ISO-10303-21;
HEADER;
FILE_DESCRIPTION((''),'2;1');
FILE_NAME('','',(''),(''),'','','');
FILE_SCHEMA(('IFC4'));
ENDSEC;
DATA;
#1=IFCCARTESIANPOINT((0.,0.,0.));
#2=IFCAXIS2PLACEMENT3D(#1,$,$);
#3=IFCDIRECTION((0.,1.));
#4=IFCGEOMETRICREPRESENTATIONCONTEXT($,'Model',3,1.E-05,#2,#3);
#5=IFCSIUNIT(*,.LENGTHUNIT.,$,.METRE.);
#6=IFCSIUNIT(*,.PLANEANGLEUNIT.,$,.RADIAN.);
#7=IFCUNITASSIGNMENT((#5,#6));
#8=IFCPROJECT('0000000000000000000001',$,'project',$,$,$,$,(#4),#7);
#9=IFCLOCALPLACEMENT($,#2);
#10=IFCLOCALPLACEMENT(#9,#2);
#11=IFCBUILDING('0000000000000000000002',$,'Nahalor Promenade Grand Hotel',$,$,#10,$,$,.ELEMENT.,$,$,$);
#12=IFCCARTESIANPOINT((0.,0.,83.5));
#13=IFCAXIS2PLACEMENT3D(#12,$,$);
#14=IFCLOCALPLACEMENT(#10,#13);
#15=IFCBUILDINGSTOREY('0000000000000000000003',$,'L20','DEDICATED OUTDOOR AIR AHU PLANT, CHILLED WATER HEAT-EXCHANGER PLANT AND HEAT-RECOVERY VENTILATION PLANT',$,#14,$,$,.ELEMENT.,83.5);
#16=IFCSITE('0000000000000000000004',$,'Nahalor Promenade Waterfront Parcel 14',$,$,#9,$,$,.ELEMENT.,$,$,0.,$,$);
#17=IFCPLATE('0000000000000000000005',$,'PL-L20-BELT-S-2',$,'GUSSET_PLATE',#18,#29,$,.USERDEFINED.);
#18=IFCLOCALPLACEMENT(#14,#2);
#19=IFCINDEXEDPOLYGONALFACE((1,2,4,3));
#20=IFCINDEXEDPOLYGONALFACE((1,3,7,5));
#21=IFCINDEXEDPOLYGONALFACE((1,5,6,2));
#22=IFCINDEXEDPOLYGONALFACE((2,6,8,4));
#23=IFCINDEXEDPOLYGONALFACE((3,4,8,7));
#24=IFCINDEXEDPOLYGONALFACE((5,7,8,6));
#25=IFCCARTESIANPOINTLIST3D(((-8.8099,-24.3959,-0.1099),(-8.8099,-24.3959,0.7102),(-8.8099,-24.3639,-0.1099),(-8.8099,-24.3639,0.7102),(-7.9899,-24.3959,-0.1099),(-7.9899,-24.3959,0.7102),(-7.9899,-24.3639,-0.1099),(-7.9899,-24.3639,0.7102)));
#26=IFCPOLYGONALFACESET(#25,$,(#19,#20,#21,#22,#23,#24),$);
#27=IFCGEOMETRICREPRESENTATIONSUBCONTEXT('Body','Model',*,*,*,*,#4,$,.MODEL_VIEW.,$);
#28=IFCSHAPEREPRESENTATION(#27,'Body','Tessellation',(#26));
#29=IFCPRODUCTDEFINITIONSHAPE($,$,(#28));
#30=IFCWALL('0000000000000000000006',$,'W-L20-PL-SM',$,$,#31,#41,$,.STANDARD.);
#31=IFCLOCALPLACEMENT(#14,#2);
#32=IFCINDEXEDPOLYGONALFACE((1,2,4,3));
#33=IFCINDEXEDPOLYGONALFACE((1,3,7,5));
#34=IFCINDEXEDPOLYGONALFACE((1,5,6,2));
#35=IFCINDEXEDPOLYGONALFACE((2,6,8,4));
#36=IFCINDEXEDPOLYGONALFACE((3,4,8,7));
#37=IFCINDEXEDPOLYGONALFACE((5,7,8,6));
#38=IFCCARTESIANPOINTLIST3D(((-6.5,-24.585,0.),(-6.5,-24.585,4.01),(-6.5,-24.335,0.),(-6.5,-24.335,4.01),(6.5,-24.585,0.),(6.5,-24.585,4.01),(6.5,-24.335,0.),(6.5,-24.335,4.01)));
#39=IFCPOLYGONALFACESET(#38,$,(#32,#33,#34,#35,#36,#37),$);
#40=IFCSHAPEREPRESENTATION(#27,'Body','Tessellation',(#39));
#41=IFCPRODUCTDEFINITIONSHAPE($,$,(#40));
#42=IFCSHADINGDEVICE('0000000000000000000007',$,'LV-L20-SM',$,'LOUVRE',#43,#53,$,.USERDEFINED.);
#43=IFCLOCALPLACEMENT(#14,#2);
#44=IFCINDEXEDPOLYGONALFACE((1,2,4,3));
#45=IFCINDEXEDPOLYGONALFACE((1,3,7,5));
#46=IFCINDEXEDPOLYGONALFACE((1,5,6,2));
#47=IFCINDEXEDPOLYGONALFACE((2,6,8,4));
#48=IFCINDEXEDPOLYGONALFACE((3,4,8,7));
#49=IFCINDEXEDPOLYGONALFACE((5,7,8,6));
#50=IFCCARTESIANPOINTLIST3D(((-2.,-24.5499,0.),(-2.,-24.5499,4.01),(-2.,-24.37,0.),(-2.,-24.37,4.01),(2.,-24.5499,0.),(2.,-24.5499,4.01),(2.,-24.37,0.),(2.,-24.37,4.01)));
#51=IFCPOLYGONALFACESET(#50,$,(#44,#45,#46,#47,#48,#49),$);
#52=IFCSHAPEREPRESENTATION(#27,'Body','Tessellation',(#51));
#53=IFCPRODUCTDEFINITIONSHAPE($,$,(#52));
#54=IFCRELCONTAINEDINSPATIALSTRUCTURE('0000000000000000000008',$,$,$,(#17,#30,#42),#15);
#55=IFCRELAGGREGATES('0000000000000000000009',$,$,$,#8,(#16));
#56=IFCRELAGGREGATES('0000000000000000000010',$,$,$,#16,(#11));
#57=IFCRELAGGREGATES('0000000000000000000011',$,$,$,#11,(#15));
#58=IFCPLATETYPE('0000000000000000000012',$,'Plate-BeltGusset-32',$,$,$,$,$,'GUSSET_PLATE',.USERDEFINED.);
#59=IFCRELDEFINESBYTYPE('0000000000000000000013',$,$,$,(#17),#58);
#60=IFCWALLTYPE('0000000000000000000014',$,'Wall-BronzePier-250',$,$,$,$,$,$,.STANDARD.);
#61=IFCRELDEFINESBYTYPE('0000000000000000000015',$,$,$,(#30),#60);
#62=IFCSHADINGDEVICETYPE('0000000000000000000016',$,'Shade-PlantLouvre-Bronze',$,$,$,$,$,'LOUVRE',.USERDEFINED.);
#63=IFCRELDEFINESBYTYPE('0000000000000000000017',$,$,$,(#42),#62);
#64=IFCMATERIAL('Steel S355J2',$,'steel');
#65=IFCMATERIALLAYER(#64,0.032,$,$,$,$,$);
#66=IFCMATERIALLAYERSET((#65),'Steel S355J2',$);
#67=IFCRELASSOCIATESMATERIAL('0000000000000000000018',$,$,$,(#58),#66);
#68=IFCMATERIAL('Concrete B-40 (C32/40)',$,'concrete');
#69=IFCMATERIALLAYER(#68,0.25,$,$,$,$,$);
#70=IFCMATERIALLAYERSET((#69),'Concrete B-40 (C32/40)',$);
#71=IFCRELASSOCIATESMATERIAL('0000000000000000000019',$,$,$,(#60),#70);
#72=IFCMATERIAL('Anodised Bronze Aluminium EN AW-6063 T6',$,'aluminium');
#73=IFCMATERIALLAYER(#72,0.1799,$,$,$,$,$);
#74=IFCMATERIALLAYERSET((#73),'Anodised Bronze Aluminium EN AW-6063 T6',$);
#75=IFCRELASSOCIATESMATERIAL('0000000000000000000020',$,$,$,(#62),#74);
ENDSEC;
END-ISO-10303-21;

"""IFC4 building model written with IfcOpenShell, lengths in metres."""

from ifc_helpers import new_model, si_unit, direction, frame, frame_2d, origin, origin_2d, place, context, subcontext, project, spatial, rectangle, extrude, source, transform, mapped, material, layer, layer_set, type_object, element, save


model = new_model("IFC4")

# Units and contexts
model_context = context("Model", 3, precision=1e-05, world=origin(), true_north=direction((0.0, 1.0)))
body_context = subcontext(model_context, "Body", "Model", "MODEL_VIEW")
ifc_project = project(units=[si_unit("LENGTHUNIT", "METRE"), si_unit("PLANEANGLEUNIT", "RADIAN")], contexts=[model_context])

# Site, building, storey
site_placement = place(None, origin())
site = spatial("IfcSite", under=ifc_project, at=site_placement, Name="Nahalor Promenade Waterfront Parcel 14", CompositionType="ELEMENT", RefElevation=0.0)
building_placement = place(site_placement, origin())
building = spatial("IfcBuilding", under=site, at=building_placement, Name="Nahalor Promenade Grand Hotel", CompositionType="ELEMENT")
storey_placement = place(building_placement, frame((0.0, 0.0, 83.5)))
storey = spatial("IfcBuildingStorey", under=building, at=storey_placement, Name="L20", Description="DEDICATED OUTDOOR AIR AHU PLANT, CHILLED WATER HEAT-EXCHANGER PLANT AND HEAT-RECOVERY VENTILATION PLANT", CompositionType="ELEMENT", Elevation=83.5)

# Shared definitions
ifc_material_1 = material(Name="Steel S355J2", Category="steel")

# Plate
ifc_layer_1 = layer(ifc_material_1, 0.032)
ifc_layer_set_1 = layer_set([ifc_layer_1], Name="Steel S355J2")
plate_type_1 = type_object("IfcPlateType", Name="Plate-BeltGusset-32", ElementType="GUSSET_PLATE", PredefinedType="USERDEFINED", material=ifc_layer_set_1)
shared_shape_1 = source(origin(), body_context, "Body", "SweptSolid", [
    extrude(rectangle(XDim=0.8201, YDim=0.032, at=origin_2d()), origin(), (0.0, 0.0, 1.0), 0.8201),
])
plate_1_placement = place(storey_placement, frame((-8.3999, -24.3799, -0.1099), z_axis=(0.0, 0.0, 1.0), x_axis=(1.0, 0.0, 0.0)))
element("IfcPlate", 1, at=plate_1_placement, inside=storey, type_object=plate_type_1, Name="PL-L20-BELT-S-2", ObjectType="GUSSET_PLATE", PredefinedType="USERDEFINED", context=body_context, shape_type="MappedRepresentation", body=[
    mapped(shared_shape_1, transform((0.0, 0.0, 0.0), scale=1.0)),
])

# Wall
ifc_material_2 = material(Name="Concrete B-40 (C32/40)", Category="concrete")
ifc_layer_2 = layer(ifc_material_2, 0.25)
ifc_layer_set_2 = layer_set([ifc_layer_2], Name="Concrete B-40 (C32/40)")
wall_type = type_object("IfcWallType", Name="Wall-BronzePier-250", PredefinedType="STANDARD", material=ifc_layer_set_2)
shared_shape_2 = source(origin(), body_context, "Body", "SweptSolid", [
    extrude(rectangle(XDim=13.0, YDim=0.25, at=frame_2d((6.5, 0.0))), origin(), (0.0, 0.0, 1.0), 4.01),
])
wall_placement = place(storey_placement, frame((-6.5, -24.46, 0.0), z_axis=(0.0, 0.0, 1.0), x_axis=(1.0, 0.0, 0.0)))
element("IfcWall", 2, at=wall_placement, inside=storey, type_object=wall_type, Name="W-L20-PL-SM", PredefinedType="STANDARD", context=body_context, shape_type="MappedRepresentation", body=[
    mapped(shared_shape_2, transform((0.0, 0.0, 0.0), scale=1.0)),
])

# Shading device
ifc_material_3 = material(Name="Anodised Bronze Aluminium EN AW-6063 T6", Category="aluminium")
ifc_layer_3 = layer(ifc_material_3, 0.1799)
ifc_layer_set_3 = layer_set([ifc_layer_3], Name="Anodised Bronze Aluminium EN AW-6063 T6")
shading_device_type = type_object("IfcShadingDeviceType", Name="Shade-PlantLouvre-Bronze", ElementType="LOUVRE", PredefinedType="USERDEFINED", material=ifc_layer_set_3)
shared_shape_3 = source(origin(), body_context, "Body", "SweptSolid", [
    extrude(rectangle(XDim=4.0, YDim=0.1799, at=origin_2d()), origin(), (0.0, 0.0, 1.0), 4.01),
])
shading_device_placement = place(storey_placement, frame((0.0, -24.46, 0.0), z_axis=(0.0, 0.0, 1.0), x_axis=(1.0, 0.0, 0.0)))
element("IfcShadingDevice", 3, at=shading_device_placement, inside=storey, type_object=shading_device_type, Name="LV-L20-SM", ObjectType="LOUVRE", PredefinedType="USERDEFINED", context=body_context, shape_type="MappedRepresentation", body=[
    mapped(shared_shape_3, transform((0.0, 0.0, 0.0), scale=1.0)),
])

save(model, "model.ifc")
